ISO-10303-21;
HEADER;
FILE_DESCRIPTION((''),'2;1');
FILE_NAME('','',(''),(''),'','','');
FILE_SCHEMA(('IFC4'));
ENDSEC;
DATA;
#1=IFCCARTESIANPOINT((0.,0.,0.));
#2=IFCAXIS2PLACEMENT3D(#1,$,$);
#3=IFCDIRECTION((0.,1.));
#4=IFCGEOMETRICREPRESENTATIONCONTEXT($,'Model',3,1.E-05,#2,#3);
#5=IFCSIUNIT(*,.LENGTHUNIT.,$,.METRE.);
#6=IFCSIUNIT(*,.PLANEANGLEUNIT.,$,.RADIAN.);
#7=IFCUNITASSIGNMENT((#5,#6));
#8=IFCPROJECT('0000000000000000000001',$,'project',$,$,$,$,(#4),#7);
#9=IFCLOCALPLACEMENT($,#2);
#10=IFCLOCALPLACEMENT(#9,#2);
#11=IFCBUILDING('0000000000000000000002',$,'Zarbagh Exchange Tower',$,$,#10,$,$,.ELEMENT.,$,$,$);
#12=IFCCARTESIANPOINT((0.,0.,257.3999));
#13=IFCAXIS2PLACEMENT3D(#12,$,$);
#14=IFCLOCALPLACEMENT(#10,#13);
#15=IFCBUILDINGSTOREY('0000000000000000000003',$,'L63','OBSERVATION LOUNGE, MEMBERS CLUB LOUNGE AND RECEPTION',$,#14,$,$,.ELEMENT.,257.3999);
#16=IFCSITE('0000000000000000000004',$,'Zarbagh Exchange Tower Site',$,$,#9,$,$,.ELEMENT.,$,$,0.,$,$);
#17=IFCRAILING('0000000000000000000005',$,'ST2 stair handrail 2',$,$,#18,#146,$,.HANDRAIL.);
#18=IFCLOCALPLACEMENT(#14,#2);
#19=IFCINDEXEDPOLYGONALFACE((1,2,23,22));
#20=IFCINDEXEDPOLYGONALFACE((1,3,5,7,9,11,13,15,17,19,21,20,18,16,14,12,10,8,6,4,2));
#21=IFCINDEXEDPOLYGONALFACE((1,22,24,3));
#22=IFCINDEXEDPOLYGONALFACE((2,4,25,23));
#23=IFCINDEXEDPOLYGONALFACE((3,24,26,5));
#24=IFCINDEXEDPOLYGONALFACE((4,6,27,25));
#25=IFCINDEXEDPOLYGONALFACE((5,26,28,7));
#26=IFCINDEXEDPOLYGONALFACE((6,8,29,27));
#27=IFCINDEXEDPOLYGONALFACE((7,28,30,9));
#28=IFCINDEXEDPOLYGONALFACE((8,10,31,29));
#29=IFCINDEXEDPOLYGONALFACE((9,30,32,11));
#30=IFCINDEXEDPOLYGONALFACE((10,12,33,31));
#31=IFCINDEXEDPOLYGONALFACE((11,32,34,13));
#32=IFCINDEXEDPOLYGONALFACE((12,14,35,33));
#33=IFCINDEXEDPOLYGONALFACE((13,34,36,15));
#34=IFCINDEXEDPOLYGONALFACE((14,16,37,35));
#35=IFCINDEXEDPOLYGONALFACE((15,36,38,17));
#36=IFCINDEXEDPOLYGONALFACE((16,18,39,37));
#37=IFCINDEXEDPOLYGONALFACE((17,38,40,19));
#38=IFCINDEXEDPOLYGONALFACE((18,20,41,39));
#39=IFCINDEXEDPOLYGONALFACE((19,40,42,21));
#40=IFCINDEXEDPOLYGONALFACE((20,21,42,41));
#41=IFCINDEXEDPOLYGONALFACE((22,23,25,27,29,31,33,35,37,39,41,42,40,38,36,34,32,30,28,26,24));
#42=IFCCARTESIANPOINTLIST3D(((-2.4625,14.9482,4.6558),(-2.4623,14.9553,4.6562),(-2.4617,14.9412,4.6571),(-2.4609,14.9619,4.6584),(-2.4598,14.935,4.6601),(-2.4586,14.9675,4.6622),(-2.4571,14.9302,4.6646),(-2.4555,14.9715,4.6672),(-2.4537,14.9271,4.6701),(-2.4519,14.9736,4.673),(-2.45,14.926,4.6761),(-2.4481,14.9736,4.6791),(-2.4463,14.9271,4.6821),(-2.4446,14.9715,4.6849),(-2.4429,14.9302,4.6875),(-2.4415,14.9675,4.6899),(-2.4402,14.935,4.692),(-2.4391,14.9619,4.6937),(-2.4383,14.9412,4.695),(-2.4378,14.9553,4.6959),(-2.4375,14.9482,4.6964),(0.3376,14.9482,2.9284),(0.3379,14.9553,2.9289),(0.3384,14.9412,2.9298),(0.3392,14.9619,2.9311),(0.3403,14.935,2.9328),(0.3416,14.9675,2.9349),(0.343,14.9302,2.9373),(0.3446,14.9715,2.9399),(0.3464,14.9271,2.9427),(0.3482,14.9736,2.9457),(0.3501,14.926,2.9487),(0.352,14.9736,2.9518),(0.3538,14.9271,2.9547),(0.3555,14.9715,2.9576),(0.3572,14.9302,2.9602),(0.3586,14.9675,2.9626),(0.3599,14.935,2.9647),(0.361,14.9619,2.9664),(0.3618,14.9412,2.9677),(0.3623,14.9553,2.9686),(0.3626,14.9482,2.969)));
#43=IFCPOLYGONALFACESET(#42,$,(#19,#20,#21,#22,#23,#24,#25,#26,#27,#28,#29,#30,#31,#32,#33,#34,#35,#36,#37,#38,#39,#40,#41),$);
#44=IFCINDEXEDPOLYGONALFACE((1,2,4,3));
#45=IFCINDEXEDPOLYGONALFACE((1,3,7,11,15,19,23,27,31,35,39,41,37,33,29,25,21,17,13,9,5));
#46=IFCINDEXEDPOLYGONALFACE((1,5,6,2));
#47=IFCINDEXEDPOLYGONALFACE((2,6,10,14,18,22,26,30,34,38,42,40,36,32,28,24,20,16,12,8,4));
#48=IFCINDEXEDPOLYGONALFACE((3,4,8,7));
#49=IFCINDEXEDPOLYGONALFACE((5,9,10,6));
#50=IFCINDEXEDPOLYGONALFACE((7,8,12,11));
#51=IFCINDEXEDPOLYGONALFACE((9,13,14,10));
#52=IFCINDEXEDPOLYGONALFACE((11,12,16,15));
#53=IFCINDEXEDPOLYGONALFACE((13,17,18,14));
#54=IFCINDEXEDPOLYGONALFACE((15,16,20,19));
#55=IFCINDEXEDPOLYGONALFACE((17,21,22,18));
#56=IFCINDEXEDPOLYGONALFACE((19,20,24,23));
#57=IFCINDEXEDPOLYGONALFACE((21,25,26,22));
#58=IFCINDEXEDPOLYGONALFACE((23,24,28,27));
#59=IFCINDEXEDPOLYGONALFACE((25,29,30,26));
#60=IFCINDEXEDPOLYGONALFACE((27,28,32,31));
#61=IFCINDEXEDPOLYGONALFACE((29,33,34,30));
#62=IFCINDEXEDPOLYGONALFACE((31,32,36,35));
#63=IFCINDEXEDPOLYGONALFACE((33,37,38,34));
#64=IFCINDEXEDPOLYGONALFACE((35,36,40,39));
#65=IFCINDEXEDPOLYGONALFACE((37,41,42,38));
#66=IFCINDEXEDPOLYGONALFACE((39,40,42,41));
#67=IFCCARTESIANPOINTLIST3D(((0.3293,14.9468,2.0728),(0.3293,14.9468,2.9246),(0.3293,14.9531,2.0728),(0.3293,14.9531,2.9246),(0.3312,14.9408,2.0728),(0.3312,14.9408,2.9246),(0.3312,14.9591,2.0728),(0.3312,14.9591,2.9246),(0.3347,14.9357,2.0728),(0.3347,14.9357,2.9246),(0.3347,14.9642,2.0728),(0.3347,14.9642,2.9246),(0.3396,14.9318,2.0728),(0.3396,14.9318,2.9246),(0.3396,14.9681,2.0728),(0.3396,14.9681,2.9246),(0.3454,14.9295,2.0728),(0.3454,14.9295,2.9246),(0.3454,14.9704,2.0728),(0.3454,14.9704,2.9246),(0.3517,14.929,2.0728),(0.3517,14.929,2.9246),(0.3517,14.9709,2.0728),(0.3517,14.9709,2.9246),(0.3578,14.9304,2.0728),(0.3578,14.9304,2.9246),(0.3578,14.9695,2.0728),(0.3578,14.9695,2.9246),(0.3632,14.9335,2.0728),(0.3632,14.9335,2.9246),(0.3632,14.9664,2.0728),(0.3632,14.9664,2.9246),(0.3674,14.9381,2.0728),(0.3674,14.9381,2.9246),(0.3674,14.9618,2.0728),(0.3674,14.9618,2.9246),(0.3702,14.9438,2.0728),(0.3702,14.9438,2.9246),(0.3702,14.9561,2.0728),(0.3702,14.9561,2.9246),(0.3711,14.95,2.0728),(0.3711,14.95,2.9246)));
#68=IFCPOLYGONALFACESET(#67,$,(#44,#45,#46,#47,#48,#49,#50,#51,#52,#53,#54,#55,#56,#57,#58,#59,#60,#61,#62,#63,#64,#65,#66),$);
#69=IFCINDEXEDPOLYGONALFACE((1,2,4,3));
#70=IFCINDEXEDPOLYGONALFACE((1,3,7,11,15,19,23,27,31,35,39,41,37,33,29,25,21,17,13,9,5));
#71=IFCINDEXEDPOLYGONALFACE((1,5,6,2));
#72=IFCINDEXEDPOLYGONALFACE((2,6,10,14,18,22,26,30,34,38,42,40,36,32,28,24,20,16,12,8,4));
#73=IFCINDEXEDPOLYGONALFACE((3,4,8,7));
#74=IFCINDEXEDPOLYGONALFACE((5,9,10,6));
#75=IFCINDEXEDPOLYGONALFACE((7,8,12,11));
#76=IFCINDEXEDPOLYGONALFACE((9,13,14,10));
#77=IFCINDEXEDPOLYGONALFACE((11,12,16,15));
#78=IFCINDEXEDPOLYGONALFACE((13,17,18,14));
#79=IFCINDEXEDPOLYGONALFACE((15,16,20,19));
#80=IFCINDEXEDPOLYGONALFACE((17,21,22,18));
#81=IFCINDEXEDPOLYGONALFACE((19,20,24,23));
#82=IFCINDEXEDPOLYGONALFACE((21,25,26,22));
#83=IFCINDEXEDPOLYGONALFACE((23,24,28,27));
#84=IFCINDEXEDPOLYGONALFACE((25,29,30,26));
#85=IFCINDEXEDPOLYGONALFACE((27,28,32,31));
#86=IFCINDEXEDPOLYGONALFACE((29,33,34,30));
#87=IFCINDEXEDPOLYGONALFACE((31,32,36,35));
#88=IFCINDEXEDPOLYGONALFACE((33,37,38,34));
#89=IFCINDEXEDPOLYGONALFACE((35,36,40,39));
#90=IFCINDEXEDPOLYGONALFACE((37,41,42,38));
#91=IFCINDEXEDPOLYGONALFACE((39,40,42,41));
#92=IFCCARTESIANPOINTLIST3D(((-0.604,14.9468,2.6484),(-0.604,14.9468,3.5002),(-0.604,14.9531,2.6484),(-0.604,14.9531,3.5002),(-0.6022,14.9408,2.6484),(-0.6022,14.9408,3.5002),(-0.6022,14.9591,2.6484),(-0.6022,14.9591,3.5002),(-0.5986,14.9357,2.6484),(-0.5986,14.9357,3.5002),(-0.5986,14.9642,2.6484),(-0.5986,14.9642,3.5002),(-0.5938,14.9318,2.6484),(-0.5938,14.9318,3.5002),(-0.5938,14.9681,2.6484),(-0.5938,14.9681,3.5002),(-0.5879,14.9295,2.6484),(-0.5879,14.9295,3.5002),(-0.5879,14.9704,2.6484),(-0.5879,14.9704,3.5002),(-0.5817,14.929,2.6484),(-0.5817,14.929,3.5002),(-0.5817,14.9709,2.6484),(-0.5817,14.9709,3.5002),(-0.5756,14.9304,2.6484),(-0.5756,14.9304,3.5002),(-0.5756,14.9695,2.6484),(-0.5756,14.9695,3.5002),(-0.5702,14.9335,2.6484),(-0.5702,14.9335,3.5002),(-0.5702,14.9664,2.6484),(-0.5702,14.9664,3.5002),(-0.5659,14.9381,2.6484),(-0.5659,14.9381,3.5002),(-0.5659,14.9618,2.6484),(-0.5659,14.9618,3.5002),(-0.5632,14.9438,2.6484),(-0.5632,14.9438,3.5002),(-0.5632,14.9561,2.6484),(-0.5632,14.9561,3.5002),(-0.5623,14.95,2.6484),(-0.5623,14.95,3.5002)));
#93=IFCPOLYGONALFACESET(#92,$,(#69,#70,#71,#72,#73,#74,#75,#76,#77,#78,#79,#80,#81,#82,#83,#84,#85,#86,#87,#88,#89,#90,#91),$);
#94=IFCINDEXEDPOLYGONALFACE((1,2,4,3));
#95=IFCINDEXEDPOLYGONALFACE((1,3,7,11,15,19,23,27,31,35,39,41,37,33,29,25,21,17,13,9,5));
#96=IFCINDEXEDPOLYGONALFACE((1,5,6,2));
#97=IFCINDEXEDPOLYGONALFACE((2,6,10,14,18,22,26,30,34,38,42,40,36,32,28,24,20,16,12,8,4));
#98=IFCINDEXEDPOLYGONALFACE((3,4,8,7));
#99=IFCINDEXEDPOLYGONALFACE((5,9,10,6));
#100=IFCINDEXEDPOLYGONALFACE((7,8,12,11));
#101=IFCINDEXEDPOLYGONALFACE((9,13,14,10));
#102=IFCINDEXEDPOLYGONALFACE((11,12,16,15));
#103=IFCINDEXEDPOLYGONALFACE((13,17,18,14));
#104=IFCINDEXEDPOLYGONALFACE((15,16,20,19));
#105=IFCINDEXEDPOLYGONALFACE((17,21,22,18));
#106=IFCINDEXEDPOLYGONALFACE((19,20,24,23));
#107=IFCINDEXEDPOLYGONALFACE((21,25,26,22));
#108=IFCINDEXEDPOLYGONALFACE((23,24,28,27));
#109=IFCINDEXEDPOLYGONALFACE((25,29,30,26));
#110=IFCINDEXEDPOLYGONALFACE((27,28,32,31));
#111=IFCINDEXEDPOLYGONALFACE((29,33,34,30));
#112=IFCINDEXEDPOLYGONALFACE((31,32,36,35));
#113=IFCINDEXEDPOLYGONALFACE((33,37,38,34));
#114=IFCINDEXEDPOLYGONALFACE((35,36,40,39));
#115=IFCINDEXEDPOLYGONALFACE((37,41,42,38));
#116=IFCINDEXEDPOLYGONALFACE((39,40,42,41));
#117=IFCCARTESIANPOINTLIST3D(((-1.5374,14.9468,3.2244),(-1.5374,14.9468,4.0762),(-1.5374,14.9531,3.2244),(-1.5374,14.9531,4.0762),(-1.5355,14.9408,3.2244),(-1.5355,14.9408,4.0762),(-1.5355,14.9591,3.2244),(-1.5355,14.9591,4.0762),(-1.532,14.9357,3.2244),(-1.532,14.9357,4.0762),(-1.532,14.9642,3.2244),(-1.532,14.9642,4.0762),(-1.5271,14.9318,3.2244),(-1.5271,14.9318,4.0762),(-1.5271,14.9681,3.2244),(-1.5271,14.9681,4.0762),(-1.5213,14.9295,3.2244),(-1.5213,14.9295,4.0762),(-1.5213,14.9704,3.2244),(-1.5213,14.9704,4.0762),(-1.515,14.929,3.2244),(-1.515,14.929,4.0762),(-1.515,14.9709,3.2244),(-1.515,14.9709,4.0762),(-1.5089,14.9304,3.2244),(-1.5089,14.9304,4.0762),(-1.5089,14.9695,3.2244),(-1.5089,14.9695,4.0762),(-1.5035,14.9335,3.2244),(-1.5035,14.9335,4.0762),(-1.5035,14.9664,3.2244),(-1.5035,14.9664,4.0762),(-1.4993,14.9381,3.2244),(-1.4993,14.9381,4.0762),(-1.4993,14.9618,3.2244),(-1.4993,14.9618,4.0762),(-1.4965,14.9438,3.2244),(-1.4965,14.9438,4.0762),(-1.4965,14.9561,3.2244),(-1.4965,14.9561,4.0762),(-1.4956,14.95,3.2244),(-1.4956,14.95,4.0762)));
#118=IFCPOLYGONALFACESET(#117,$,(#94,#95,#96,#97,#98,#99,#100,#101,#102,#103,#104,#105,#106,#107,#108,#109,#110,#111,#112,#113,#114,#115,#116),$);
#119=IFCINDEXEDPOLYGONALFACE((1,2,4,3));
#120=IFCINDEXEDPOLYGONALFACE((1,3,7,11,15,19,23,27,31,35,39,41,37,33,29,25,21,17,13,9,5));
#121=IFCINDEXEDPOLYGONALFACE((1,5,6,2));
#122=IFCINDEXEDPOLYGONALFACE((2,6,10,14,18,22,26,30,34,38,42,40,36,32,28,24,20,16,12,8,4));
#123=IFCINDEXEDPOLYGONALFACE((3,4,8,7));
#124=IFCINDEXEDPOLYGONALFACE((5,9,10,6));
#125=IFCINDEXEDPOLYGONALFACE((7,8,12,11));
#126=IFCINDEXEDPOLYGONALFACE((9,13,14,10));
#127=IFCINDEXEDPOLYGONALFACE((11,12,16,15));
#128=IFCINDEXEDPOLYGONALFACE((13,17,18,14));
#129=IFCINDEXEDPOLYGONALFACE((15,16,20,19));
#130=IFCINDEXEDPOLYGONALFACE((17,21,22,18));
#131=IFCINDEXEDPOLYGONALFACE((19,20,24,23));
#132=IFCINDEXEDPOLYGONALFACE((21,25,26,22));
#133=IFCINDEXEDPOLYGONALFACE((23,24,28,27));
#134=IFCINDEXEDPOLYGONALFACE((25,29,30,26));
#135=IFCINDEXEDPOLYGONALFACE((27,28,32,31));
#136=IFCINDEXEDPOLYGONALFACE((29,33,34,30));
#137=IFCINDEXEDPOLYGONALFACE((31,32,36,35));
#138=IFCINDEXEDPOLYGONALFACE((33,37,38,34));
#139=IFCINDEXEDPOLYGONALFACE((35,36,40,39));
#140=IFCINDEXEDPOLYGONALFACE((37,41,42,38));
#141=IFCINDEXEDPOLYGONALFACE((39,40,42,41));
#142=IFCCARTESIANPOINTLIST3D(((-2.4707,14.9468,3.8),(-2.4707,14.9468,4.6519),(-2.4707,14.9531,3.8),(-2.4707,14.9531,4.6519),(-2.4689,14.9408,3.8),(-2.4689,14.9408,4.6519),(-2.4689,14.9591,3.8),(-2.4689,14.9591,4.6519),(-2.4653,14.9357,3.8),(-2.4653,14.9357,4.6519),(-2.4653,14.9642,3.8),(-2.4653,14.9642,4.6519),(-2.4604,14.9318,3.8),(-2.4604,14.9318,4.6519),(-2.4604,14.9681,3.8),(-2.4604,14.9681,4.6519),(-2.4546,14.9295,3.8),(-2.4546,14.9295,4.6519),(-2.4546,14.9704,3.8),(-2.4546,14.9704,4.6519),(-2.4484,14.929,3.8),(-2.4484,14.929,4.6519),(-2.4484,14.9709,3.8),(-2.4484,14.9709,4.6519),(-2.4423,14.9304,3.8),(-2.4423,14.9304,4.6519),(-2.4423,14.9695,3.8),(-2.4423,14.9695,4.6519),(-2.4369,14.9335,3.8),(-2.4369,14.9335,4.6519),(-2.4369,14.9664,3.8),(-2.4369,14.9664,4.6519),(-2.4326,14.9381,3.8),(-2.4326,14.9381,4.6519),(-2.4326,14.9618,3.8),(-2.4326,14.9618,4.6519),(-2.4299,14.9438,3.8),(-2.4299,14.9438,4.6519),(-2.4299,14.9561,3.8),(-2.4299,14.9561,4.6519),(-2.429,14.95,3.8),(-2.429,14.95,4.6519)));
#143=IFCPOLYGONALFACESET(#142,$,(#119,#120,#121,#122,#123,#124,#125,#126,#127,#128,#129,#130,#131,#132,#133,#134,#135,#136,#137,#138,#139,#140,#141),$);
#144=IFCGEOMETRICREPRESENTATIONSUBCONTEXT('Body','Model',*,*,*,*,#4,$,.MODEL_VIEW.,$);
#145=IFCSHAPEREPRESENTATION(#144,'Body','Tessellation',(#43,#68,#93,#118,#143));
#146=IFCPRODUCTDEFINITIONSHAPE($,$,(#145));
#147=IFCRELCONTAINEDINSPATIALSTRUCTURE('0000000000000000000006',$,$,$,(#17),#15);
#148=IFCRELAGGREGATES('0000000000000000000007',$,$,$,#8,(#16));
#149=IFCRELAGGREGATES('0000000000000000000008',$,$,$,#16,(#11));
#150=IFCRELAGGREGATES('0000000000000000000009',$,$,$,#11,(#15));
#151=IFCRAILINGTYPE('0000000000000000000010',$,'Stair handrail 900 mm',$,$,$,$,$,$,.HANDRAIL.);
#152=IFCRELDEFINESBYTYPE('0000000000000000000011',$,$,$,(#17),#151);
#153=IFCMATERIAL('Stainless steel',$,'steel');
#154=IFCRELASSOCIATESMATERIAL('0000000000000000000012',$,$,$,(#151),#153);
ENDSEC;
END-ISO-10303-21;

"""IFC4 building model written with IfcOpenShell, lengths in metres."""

from ifc_helpers import new_model, si_unit, direction, frame, origin, origin_2d, place, context, subcontext, project, spatial, circle, extrude, material, type_object, element, save


model = new_model("IFC4")

# Units and contexts
model_context = context("Model", 3, precision=1e-05, world=origin(), true_north=direction((0.0, 1.0)))
body_context = subcontext(model_context, "Body", "Model", "MODEL_VIEW")
ifc_project = project(units=[si_unit("LENGTHUNIT", "METRE"), si_unit("PLANEANGLEUNIT", "RADIAN")], contexts=[model_context])

# Site, building, storey
site_placement = place(None, origin())
site = spatial("IfcSite", under=ifc_project, at=site_placement, Name="Zarbagh Exchange Tower Site", CompositionType="ELEMENT", RefElevation=0.0)
building_placement = place(site_placement, origin())
building = spatial("IfcBuilding", under=site, at=building_placement, Name="Zarbagh Exchange Tower", CompositionType="ELEMENT")
storey_placement = place(building_placement, frame((0.0, 0.0, 257.3999)))
storey = spatial("IfcBuildingStorey", under=building, at=storey_placement, Name="L63", Description="OBSERVATION LOUNGE, MEMBERS CLUB LOUNGE AND RECEPTION", CompositionType="ELEMENT", Elevation=257.3999)

# Railing
ifc_material_1 = material(Name="Stainless steel", Category="steel")
railing_type_1 = type_object("IfcRailingType", Name="Stair handrail 900 mm", PredefinedType="HANDRAIL", material=ifc_material_1)
railing_1_placement = place(storey_placement, frame((0.3501, 14.95, 2.0728)))
element("IfcRailing", 1, at=railing_1_placement, inside=storey, type_object=railing_type_1, Name="ST2 stair handrail 2", PredefinedType="HANDRAIL", context=body_context, shape_type="SweptSolid", body=[
    extrude(circle(Radius=0.0239, at=origin_2d()), frame((0.0, 0.0, 0.876), z_axis=(-0.85109, 0.0, 0.52502), x_axis=(0.0, -1.0, 0.0)), (0.0, 0.0, 1.0), 3.29),
    extrude(circle(Radius=0.021, at=origin_2d()), origin(), (0.0, 0.0, 1.0), 0.8518),
    extrude(circle(Radius=0.021, at=origin_2d()), frame((-0.9333, 0.0, 0.5757)), (0.0, 0.0, 1.0), 0.8518),
    extrude(circle(Radius=0.021, at=origin_2d()), frame((-1.8667, 0.0, 1.1516)), (0.0, 0.0, 1.0), 0.8518),
    extrude(circle(Radius=0.021, at=origin_2d()), frame((-2.8, 0.0, 1.7273)), (0.0, 0.0, 1.0), 0.8518),
])

save(model, "model.ifc")
